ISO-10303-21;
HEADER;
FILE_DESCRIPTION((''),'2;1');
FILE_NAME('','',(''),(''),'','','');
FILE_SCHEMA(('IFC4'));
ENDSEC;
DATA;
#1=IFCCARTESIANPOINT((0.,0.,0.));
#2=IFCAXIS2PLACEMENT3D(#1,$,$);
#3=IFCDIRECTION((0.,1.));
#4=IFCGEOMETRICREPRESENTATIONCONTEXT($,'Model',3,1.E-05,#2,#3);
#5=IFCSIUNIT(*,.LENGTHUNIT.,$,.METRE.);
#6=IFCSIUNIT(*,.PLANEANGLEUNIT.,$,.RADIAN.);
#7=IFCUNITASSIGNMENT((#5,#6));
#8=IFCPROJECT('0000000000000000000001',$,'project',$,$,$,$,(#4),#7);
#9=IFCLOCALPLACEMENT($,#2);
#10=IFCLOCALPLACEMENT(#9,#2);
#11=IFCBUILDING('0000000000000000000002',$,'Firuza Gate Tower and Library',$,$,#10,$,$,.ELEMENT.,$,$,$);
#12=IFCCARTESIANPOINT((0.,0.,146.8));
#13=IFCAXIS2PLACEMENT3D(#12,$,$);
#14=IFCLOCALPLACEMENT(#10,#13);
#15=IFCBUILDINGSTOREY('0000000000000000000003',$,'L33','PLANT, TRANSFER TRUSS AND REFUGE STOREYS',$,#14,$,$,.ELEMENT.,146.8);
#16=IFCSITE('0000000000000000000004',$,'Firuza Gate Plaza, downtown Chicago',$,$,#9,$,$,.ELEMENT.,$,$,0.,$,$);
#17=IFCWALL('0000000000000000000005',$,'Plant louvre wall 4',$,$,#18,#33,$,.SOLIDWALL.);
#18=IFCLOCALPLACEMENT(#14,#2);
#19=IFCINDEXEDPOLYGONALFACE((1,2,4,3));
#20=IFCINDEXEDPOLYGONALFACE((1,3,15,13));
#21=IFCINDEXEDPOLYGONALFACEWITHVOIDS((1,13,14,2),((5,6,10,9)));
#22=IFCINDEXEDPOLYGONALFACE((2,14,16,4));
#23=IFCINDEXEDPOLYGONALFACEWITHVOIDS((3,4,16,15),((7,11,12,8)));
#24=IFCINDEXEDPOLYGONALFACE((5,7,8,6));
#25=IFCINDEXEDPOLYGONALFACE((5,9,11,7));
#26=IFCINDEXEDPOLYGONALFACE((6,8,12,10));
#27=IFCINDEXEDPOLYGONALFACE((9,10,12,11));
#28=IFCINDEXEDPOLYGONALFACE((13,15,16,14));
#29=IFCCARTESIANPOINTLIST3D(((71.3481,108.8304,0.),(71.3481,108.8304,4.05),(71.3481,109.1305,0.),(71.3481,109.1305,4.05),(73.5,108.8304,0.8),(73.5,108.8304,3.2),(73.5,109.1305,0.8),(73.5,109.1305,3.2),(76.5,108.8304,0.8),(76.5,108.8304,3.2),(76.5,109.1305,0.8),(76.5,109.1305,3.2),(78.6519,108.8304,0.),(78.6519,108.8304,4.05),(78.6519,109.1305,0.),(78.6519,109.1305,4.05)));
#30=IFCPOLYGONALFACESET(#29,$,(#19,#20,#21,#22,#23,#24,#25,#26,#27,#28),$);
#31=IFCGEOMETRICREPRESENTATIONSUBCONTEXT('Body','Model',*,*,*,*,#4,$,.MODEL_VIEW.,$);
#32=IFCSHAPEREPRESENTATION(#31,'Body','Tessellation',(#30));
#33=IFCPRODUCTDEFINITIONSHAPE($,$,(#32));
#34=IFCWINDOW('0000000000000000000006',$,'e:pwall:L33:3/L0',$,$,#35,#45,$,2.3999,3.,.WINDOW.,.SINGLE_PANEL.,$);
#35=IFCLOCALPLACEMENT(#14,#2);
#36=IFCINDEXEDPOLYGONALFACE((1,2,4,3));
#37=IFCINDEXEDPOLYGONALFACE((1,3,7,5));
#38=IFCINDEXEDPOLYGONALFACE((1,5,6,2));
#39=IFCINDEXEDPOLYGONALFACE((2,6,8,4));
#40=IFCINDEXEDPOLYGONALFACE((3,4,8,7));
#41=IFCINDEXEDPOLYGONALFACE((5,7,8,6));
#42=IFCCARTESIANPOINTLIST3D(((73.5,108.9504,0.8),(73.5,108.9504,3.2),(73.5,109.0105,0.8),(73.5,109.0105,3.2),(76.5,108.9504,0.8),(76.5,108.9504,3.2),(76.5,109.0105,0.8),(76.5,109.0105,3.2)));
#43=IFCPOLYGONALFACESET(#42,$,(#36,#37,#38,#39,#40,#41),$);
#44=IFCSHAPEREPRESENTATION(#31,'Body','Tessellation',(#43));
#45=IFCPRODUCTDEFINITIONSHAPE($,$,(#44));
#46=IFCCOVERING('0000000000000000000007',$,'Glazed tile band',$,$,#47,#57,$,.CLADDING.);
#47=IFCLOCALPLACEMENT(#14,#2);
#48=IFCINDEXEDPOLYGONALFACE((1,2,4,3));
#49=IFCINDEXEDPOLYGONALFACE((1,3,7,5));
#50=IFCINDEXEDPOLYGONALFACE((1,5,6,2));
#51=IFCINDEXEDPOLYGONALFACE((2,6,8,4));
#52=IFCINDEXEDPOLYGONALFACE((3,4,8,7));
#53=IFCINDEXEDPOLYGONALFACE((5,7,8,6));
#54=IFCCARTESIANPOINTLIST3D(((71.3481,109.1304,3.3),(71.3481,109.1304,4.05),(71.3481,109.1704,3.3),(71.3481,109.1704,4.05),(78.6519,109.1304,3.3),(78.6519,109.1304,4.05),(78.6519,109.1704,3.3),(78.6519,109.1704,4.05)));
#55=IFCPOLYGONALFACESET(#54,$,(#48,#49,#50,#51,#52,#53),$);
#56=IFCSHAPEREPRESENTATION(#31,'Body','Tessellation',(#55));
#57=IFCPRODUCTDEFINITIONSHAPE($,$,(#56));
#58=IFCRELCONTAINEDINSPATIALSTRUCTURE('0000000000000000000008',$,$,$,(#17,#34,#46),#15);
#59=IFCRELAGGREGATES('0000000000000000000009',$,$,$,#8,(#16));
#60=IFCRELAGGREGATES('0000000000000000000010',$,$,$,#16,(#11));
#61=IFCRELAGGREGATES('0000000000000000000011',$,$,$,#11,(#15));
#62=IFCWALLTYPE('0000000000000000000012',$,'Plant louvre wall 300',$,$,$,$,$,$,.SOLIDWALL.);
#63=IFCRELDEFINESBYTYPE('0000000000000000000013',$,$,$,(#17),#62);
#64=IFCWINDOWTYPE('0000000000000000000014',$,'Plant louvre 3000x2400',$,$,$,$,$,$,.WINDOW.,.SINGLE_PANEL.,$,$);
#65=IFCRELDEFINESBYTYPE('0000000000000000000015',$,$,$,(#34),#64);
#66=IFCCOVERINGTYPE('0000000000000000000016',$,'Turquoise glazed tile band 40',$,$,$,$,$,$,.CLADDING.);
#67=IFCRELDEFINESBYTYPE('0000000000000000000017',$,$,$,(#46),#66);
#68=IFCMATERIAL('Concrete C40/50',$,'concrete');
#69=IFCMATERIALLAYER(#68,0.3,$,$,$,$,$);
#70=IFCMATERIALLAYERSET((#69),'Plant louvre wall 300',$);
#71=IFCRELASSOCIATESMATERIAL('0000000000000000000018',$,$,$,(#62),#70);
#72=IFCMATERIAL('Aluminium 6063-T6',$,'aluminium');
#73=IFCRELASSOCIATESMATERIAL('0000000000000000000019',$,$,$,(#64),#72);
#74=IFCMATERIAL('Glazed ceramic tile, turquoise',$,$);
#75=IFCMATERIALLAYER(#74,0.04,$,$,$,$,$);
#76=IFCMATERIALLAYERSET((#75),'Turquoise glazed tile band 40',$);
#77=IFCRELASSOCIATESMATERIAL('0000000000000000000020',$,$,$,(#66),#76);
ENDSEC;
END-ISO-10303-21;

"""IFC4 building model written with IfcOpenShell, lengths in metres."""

from ifc_helpers import new_model, si_unit, direction, frame, frame_2d, origin, place, context, subcontext, project, spatial, polyline, rectangle, outline, extrude, material, layer, layer_set, type_object, element, fill, save


model = new_model("IFC4")

# Units and contexts
model_context = context("Model", 3, precision=1e-05, world=origin(), true_north=direction((0.0, 1.0)))
body_context = subcontext(model_context, "Body", "Model", "MODEL_VIEW")
ifc_project = project(units=[si_unit("LENGTHUNIT", "METRE"), si_unit("PLANEANGLEUNIT", "RADIAN")], contexts=[model_context])

# Site, building, storey
site_placement = place(None, origin())
site = spatial("IfcSite", under=ifc_project, at=site_placement, Name="Firuza Gate Plaza, downtown Chicago", CompositionType="ELEMENT", RefElevation=0.0)
building_placement = place(site_placement, origin())
building = spatial("IfcBuilding", under=site, at=building_placement, Name="Firuza Gate Tower and Library", CompositionType="ELEMENT")
storey_placement = place(building_placement, frame((0.0, 0.0, 146.8)))
storey = spatial("IfcBuildingStorey", under=building, at=storey_placement, Name="L33", Description="PLANT, TRANSFER TRUSS AND REFUGE STOREYS", CompositionType="ELEMENT", Elevation=146.8)

# Wall, opening, window
ifc_material_1 = material(Name="Concrete C40/50", Category="concrete")
ifc_layer_1 = layer(ifc_material_1, 0.3)
ifc_layer_set_1 = layer_set([ifc_layer_1], Name="Plant louvre wall 300")
wall_type = type_object("IfcWallType", Name="Plant louvre wall 300", PredefinedType="SOLIDWALL", material=ifc_layer_set_1)
wall_placement = place(storey_placement, frame((78.6519, 108.9805, 0.0), z_axis=(0.0, 0.0, 1.0), x_axis=(-1.0, 0.0, 0.0)))
wall = element("IfcWall", 1, at=wall_placement, inside=storey, type_object=wall_type, Name="Plant louvre wall 4", PredefinedType="SOLIDWALL", context=body_context, shape_type="SweptSolid", body=[
    extrude(rectangle(XDim=7.3037, YDim=0.3, at=frame_2d((3.6519, 0.0))), origin(), (0.0, 0.0, 1.0), 4.05),
])
opening_placement = place(wall_placement, frame((2.1519, 0.0, 0.8)))
opening = element("IfcOpeningElement", 2, at=opening_placement, cuts=wall, PredefinedType="OPENING", context=body_context, shape_type="SweptSolid", body=[
    extrude(rectangle(XDim=3.0, YDim=2.3999, at=frame_2d((1.5, 1.2))), frame((0.0, 0.1602, 0.0), z_axis=(0.0, -1.0, 0.0), x_axis=(1.0, 0.0, 0.0)), (0.0, 0.0, 1.0), 0.3201),
])
ifc_material_2 = material(Name="Aluminium 6063-T6", Category="aluminium")
window_type = type_object("IfcWindowType", Name="Plant louvre 3000x2400", PartitioningType="SINGLE_PANEL", PredefinedType="WINDOW", material=ifc_material_2)
window_placement = place(opening_placement, origin())
window = element("IfcWindow", 3, at=window_placement, inside=storey, type_object=window_type, Name="e:pwall:L33:3/L0", OverallHeight=2.3999, OverallWidth=3.0, PartitioningType="SINGLE_PANEL", PredefinedType="WINDOW", context=body_context, shape_type="SweptSolid", body=[
    extrude(rectangle(XDim=3.0, YDim=2.3999, at=frame_2d((1.5, 1.2))), frame((0.0, 0.03, 0.0), z_axis=(0.0, -1.0, 0.0), x_axis=(1.0, 0.0, 0.0)), (0.0, 0.0, 1.0), 0.0601),
])
fill(opening, window)

# Covering
ifc_material_3 = material(Name="Glazed ceramic tile, turquoise")
ifc_layer_2 = layer(ifc_material_3, 0.04)
ifc_layer_set_2 = layer_set([ifc_layer_2], Name="Turquoise glazed tile band 40")
covering_type = type_object("IfcCoveringType", Name="Turquoise glazed tile band 40", PredefinedType="CLADDING", material=ifc_layer_set_2)
covering_placement = place(storey_placement, frame((78.6519, 109.1704, 3.3), z_axis=(0.0, 1.0, 0.0), x_axis=(-1.0, 0.0, 0.0)))
element("IfcCovering", 4, at=covering_placement, inside=storey, type_object=covering_type, Name="Glazed tile band", PredefinedType="CLADDING", context=body_context, shape_type="SweptSolid", body=[
    extrude(outline(polyline([(0.0, 0.0), (7.3037, 0.0), (7.3037, 0.75), (0.0, 0.75), (0.0, 0.0)])), origin(), (0.0, 0.0, -1.0), 0.04),
])

save(model, "model.ifc")
